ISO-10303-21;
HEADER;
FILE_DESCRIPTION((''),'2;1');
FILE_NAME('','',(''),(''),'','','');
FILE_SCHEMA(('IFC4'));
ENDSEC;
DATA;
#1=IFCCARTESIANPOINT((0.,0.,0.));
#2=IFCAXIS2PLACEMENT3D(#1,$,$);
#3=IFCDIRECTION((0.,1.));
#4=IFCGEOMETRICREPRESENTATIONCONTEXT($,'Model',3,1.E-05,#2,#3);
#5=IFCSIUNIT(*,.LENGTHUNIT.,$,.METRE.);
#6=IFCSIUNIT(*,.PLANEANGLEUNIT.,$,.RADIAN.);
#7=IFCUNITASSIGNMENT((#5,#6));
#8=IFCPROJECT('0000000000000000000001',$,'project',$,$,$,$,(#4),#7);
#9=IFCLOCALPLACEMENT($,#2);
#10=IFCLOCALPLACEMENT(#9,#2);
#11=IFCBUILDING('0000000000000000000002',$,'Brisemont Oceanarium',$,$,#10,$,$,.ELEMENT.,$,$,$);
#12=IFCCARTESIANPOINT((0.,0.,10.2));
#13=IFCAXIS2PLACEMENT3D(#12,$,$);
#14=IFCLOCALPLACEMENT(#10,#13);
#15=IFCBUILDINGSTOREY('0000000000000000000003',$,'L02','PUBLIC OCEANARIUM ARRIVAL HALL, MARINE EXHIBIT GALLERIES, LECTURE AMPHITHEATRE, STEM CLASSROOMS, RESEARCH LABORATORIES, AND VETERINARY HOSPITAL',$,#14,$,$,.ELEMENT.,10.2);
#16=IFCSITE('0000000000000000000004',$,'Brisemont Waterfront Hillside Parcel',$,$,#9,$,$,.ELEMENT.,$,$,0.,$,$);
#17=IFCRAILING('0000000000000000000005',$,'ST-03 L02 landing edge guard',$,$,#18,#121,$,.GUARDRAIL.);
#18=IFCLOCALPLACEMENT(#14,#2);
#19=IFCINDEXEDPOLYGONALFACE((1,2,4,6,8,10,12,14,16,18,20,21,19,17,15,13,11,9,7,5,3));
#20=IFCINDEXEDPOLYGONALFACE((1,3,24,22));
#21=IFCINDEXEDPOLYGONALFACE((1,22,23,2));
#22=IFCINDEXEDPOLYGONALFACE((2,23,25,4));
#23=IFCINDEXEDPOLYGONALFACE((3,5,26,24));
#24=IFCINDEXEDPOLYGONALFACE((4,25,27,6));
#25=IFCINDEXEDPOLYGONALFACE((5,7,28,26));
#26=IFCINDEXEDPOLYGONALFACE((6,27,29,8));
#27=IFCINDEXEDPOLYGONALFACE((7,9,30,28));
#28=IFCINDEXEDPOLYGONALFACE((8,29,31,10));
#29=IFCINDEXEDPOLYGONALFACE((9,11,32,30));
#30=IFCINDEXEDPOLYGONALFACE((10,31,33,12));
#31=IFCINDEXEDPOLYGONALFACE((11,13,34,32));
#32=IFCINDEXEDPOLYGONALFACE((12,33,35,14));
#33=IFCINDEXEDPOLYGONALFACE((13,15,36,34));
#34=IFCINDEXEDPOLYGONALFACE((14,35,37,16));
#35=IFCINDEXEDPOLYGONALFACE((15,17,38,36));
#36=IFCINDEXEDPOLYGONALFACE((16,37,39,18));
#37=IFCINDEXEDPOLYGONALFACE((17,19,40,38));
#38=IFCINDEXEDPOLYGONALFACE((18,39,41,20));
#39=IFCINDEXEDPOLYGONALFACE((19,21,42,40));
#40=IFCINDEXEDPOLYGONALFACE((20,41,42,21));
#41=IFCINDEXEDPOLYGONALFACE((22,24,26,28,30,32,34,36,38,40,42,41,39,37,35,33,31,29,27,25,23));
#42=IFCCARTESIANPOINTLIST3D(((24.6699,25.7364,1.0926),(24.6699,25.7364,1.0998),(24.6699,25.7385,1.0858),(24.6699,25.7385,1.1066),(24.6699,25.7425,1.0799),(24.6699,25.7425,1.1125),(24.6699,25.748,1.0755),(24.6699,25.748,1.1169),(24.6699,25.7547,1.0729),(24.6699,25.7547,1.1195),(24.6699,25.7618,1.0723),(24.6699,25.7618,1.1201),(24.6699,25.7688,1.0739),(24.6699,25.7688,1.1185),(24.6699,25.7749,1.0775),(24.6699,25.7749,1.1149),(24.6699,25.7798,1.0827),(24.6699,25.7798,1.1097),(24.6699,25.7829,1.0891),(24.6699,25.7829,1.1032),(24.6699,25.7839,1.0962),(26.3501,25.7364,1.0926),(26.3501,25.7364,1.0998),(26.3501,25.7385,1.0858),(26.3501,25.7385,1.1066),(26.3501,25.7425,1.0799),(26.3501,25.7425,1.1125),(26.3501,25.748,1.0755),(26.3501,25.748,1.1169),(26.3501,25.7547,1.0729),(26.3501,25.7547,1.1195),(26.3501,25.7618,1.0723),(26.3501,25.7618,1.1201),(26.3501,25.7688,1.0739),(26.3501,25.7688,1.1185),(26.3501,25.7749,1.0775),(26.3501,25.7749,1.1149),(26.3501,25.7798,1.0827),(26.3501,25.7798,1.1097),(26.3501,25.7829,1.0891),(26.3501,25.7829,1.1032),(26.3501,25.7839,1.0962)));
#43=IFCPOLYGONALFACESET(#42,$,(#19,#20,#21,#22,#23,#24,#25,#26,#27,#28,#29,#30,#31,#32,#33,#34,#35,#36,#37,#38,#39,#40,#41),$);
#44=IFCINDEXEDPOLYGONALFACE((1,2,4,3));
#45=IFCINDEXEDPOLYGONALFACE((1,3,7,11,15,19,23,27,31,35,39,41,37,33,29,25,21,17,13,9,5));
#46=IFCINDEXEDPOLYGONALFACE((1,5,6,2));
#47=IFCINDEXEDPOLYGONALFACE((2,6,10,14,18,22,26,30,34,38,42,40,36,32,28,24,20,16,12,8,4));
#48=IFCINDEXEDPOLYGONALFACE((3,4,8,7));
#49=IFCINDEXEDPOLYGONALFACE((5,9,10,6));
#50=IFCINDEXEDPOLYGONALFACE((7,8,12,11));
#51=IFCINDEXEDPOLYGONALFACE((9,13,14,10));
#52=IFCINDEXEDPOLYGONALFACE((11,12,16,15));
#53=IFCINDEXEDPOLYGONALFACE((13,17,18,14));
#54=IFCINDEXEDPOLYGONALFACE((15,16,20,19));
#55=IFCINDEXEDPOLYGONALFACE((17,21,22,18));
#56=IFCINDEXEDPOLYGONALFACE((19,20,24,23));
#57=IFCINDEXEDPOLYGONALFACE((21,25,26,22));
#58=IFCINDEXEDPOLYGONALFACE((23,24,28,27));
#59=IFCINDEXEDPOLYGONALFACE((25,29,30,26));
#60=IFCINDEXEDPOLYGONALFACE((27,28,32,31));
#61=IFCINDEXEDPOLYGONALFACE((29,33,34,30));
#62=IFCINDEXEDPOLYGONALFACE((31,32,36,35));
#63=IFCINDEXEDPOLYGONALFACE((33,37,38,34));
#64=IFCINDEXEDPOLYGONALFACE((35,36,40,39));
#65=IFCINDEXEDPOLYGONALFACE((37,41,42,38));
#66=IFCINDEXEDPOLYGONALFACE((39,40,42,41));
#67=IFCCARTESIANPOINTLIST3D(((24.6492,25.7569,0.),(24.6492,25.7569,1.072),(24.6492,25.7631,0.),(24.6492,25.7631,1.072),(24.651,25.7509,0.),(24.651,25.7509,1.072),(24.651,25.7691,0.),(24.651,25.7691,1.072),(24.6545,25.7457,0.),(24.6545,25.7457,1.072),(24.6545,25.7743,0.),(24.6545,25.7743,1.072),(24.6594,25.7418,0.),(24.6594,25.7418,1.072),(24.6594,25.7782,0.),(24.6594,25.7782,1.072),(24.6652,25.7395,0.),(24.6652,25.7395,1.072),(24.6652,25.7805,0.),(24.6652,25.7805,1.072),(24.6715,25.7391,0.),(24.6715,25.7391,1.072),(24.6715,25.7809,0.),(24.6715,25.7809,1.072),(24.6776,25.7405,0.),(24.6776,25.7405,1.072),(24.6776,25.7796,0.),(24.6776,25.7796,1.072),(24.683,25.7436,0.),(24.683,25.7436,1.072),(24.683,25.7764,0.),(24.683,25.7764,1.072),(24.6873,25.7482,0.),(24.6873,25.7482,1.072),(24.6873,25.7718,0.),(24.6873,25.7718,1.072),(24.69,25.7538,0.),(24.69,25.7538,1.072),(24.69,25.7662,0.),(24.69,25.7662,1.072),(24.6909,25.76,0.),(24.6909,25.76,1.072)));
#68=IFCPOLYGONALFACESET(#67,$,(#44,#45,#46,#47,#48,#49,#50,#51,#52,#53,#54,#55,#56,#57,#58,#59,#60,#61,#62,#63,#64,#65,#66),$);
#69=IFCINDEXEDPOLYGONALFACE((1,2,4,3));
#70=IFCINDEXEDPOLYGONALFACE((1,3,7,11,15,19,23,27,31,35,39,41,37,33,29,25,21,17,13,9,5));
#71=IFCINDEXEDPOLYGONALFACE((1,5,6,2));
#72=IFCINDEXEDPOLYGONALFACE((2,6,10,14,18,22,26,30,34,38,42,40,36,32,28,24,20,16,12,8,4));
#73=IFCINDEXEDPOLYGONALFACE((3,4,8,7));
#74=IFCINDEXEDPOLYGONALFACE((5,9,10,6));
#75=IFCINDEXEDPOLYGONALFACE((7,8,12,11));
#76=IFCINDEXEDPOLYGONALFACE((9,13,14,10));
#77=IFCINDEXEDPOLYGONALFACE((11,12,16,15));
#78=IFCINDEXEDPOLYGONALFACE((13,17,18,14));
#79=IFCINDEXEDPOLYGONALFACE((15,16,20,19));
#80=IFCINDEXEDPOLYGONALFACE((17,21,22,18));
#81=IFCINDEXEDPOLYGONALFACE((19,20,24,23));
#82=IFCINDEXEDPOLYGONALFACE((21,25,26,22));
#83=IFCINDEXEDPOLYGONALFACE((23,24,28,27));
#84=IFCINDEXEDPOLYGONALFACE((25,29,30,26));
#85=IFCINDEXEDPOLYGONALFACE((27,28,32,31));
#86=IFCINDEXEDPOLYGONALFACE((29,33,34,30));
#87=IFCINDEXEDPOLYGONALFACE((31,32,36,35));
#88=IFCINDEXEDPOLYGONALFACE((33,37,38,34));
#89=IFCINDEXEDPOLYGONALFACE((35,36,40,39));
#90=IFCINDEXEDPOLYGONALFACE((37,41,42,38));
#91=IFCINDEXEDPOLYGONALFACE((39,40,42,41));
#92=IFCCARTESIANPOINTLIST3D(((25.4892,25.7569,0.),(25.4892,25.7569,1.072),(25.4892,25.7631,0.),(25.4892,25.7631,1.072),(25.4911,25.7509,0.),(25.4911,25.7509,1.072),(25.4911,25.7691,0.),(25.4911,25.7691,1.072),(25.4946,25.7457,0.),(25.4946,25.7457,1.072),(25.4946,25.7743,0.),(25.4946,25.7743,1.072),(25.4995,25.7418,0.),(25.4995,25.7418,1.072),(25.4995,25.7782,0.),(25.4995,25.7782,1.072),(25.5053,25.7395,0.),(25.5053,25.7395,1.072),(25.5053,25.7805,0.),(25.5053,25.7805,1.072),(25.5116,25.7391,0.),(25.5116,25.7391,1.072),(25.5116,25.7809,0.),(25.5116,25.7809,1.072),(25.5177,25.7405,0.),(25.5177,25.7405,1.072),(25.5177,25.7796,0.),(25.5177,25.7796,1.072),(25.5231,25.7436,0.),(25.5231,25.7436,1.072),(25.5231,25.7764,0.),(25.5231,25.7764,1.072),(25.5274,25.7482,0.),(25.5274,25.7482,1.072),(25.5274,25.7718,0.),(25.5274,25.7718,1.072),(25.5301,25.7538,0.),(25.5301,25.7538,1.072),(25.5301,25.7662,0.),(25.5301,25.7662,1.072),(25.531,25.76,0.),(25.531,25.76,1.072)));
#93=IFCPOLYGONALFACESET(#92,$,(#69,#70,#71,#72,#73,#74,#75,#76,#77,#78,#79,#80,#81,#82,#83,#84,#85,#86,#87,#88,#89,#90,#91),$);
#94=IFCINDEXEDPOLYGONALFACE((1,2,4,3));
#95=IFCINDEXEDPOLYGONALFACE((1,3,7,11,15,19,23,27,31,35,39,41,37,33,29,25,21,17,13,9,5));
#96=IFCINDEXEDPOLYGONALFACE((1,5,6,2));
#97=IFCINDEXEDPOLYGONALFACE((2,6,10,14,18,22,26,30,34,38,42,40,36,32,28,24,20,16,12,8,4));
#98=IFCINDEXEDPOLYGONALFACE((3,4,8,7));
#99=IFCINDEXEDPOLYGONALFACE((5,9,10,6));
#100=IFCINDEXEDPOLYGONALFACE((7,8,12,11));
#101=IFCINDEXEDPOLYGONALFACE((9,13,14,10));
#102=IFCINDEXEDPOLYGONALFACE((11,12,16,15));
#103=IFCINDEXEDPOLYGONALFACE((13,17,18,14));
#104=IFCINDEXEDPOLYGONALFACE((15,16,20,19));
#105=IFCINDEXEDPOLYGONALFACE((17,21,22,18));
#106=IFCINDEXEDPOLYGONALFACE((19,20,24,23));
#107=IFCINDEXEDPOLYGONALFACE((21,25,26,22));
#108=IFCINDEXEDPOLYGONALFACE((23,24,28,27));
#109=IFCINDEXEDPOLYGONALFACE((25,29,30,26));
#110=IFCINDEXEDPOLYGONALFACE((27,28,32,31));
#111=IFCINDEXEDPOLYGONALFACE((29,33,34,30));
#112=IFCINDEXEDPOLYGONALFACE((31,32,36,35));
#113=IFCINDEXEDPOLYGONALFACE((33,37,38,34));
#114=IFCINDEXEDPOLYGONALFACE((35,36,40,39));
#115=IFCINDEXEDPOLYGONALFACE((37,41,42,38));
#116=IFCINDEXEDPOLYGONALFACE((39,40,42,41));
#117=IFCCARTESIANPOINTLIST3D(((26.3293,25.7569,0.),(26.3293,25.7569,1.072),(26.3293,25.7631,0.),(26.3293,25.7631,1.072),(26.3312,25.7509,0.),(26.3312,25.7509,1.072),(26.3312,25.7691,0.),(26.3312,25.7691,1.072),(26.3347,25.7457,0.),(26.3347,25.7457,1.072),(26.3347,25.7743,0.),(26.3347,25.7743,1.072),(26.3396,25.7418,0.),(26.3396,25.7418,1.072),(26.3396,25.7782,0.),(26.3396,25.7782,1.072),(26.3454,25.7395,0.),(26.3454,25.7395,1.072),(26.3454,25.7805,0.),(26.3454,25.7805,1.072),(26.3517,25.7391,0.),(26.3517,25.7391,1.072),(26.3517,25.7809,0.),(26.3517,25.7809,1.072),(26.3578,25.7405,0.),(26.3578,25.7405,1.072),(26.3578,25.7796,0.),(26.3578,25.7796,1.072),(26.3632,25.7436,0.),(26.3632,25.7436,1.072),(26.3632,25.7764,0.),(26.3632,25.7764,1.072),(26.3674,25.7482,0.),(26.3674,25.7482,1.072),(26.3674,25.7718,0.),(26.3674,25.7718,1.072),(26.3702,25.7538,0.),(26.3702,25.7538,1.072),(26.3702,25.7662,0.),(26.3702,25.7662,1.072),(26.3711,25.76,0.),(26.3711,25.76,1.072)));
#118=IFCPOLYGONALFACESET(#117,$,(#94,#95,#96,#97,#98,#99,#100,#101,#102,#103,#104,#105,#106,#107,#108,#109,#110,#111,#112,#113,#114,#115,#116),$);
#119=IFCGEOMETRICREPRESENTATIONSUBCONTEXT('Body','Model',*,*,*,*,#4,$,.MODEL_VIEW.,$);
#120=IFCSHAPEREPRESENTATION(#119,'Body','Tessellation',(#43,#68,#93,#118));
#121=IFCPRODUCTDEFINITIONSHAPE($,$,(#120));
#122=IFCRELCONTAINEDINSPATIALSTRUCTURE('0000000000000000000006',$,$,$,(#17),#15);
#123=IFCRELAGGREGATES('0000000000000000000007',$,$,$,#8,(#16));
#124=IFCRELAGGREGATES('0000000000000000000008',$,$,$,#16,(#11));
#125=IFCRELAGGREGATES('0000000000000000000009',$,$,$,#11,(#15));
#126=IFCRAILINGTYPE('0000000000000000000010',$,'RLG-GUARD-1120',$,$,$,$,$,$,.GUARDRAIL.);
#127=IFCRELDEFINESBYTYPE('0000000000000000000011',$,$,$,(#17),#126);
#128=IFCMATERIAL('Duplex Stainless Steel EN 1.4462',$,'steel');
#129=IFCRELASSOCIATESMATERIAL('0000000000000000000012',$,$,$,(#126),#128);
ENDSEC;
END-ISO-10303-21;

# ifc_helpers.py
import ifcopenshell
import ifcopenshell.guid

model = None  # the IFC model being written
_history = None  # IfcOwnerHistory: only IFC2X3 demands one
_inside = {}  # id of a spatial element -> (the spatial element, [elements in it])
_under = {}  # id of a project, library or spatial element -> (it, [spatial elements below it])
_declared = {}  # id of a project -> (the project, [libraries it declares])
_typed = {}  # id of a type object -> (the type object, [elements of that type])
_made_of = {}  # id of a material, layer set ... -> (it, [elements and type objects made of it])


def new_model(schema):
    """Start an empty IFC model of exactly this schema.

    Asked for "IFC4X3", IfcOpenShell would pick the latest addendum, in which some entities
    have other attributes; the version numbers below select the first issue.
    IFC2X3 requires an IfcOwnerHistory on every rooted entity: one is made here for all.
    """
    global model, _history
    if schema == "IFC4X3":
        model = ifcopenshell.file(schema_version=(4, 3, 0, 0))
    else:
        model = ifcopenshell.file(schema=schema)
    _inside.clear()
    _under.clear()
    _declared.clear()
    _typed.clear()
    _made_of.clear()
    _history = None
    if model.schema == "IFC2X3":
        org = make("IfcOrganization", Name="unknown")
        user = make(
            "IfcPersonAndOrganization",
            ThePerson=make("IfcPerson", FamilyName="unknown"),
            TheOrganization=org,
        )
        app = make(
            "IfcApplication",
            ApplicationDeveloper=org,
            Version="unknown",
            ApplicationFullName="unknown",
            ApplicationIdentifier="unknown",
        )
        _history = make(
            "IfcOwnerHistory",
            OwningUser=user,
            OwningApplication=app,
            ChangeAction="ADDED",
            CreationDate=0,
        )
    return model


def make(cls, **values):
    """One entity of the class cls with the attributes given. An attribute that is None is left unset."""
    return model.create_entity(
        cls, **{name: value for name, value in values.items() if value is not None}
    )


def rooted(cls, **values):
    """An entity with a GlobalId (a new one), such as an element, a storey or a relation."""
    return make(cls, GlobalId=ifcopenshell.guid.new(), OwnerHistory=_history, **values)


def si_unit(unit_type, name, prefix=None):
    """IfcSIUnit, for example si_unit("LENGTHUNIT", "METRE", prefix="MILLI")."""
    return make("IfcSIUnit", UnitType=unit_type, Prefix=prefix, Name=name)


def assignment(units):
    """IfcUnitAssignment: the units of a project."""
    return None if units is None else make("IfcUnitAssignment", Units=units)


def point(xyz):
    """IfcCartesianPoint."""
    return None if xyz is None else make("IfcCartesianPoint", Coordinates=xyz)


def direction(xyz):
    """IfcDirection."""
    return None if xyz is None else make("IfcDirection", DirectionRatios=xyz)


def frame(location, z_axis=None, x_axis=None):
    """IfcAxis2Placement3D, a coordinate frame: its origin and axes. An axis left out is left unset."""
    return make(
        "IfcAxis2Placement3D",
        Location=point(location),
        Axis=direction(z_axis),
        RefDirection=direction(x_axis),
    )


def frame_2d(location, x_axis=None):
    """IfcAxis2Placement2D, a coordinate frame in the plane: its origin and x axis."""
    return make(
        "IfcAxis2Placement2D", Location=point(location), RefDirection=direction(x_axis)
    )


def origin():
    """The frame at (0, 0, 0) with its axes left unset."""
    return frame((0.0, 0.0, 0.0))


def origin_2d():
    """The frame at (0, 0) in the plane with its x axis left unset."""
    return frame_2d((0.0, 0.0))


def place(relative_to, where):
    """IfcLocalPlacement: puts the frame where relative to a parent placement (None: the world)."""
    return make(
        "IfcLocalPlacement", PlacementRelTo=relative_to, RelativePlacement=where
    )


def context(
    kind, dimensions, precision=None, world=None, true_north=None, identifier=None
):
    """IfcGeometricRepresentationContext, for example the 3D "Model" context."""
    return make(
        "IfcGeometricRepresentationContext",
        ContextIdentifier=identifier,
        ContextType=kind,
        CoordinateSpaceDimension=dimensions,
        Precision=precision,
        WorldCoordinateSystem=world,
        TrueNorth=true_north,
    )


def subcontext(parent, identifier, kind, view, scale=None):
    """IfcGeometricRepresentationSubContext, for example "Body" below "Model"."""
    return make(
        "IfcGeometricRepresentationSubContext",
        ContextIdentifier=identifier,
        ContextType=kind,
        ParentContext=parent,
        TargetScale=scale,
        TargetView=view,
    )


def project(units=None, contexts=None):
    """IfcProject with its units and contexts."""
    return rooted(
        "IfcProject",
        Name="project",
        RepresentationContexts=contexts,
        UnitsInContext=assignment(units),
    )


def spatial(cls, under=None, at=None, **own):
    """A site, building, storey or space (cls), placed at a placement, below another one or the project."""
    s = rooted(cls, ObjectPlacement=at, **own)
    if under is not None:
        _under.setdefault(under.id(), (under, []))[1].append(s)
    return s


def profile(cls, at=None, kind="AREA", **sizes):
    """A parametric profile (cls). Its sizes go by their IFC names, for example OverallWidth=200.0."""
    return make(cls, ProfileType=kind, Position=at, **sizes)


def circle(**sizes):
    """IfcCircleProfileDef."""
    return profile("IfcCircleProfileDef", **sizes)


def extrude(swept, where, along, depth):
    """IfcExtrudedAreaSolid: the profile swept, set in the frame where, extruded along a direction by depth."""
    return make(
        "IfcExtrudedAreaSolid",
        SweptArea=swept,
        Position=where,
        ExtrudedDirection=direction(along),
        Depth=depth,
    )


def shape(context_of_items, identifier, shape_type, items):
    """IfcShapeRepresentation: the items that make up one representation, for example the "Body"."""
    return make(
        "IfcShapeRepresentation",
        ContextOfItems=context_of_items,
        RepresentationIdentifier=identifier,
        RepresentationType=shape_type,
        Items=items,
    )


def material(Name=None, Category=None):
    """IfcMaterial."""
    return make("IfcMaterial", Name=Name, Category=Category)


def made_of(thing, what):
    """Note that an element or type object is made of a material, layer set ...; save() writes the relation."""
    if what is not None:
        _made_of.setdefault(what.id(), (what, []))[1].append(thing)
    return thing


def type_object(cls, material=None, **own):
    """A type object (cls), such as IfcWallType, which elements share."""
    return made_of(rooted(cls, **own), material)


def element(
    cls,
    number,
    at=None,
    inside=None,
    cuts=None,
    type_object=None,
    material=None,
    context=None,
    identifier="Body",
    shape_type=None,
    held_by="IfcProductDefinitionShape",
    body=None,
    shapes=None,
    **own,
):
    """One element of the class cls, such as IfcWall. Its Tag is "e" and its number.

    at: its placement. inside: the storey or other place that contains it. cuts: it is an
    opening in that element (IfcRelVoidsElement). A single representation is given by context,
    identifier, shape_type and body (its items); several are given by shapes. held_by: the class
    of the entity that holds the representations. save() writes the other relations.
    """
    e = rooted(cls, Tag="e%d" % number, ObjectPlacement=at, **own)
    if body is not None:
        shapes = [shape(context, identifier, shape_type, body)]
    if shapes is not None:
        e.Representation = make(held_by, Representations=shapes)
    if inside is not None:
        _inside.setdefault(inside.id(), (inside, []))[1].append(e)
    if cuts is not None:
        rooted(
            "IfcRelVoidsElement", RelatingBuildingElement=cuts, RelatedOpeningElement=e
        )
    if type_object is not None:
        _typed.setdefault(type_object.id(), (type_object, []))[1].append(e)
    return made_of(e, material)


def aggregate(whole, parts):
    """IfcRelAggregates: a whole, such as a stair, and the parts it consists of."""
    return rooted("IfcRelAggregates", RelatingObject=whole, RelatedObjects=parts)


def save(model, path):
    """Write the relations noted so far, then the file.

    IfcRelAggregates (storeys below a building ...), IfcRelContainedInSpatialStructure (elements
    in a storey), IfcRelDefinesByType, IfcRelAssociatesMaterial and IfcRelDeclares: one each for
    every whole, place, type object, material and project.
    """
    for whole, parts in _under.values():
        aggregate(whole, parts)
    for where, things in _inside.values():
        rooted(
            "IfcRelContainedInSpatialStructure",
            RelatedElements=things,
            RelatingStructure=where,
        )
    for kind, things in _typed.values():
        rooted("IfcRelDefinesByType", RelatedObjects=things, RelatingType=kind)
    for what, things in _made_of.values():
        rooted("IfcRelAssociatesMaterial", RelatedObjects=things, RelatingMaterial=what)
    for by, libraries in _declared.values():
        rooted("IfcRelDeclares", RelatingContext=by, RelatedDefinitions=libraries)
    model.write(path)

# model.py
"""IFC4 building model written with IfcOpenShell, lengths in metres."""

from ifc_helpers import new_model, si_unit, direction, frame, origin, origin_2d, place, context, subcontext, project, spatial, circle, extrude, material, type_object, element, save


model = new_model("IFC4")

# Units and contexts
model_context = context("Model", 3, precision=1e-05, world=origin(), true_north=direction((0.0, 1.0)))
body_context = subcontext(model_context, "Body", "Model", "MODEL_VIEW")
ifc_project = project(units=[si_unit("LENGTHUNIT", "METRE"), si_unit("PLANEANGLEUNIT", "RADIAN")], contexts=[model_context])

# Site, building, storey
site_placement = place(None, origin())
site = spatial("IfcSite", under=ifc_project, at=site_placement, Name="Brisemont Waterfront Hillside Parcel", CompositionType="ELEMENT", RefElevation=0.0)
building_placement = place(site_placement, origin())
building = spatial("IfcBuilding", under=site, at=building_placement, Name="Brisemont Oceanarium", CompositionType="ELEMENT")
storey_placement = place(building_placement, frame((0.0, 0.0, 10.2)))
storey = spatial("IfcBuildingStorey", under=building, at=storey_placement, Name="L02", Description="PUBLIC OCEANARIUM ARRIVAL HALL, MARINE EXHIBIT GALLERIES, LECTURE AMPHITHEATRE, STEM CLASSROOMS, RESEARCH LABORATORIES, AND VETERINARY HOSPITAL", CompositionType="ELEMENT", Elevation=10.2)

# Railing
ifc_material_1 = material(Name="Duplex Stainless Steel EN 1.4462", Category="steel")
railing_type_1 = type_object("IfcRailingType", Name="RLG-GUARD-1120", PredefinedType="GUARDRAIL", material=ifc_material_1)
railing_1_placement = place(storey_placement, frame((24.6699, 25.76, 0.0)))
element("IfcRailing", 1, at=railing_1_placement, inside=storey, type_object=railing_type_1, Name="ST-03 L02 landing edge guard", PredefinedType="GUARDRAIL", context=body_context, shape_type="SweptSolid", body=[
    extrude(circle(Radius=0.0239, at=origin_2d()), frame((0.0, 0.0, 1.0962), z_axis=(1.0, 0.0, 0.0), x_axis=(0.0, 1.0, 0.0)), (0.0, 0.0, 1.0), 1.6802),
    extrude(circle(Radius=0.021, at=origin_2d()), origin(), (0.0, 0.0, 1.0), 1.072),
    extrude(circle(Radius=0.021, at=origin_2d()), frame((0.8401, 0.0, 0.0)), (0.0, 0.0, 1.0), 1.072),
    extrude(circle(Radius=0.021, at=origin_2d()), frame((1.6802, 0.0, 0.0)), (0.0, 0.0, 1.0), 1.072),
])

save(model, "model.ifc")
